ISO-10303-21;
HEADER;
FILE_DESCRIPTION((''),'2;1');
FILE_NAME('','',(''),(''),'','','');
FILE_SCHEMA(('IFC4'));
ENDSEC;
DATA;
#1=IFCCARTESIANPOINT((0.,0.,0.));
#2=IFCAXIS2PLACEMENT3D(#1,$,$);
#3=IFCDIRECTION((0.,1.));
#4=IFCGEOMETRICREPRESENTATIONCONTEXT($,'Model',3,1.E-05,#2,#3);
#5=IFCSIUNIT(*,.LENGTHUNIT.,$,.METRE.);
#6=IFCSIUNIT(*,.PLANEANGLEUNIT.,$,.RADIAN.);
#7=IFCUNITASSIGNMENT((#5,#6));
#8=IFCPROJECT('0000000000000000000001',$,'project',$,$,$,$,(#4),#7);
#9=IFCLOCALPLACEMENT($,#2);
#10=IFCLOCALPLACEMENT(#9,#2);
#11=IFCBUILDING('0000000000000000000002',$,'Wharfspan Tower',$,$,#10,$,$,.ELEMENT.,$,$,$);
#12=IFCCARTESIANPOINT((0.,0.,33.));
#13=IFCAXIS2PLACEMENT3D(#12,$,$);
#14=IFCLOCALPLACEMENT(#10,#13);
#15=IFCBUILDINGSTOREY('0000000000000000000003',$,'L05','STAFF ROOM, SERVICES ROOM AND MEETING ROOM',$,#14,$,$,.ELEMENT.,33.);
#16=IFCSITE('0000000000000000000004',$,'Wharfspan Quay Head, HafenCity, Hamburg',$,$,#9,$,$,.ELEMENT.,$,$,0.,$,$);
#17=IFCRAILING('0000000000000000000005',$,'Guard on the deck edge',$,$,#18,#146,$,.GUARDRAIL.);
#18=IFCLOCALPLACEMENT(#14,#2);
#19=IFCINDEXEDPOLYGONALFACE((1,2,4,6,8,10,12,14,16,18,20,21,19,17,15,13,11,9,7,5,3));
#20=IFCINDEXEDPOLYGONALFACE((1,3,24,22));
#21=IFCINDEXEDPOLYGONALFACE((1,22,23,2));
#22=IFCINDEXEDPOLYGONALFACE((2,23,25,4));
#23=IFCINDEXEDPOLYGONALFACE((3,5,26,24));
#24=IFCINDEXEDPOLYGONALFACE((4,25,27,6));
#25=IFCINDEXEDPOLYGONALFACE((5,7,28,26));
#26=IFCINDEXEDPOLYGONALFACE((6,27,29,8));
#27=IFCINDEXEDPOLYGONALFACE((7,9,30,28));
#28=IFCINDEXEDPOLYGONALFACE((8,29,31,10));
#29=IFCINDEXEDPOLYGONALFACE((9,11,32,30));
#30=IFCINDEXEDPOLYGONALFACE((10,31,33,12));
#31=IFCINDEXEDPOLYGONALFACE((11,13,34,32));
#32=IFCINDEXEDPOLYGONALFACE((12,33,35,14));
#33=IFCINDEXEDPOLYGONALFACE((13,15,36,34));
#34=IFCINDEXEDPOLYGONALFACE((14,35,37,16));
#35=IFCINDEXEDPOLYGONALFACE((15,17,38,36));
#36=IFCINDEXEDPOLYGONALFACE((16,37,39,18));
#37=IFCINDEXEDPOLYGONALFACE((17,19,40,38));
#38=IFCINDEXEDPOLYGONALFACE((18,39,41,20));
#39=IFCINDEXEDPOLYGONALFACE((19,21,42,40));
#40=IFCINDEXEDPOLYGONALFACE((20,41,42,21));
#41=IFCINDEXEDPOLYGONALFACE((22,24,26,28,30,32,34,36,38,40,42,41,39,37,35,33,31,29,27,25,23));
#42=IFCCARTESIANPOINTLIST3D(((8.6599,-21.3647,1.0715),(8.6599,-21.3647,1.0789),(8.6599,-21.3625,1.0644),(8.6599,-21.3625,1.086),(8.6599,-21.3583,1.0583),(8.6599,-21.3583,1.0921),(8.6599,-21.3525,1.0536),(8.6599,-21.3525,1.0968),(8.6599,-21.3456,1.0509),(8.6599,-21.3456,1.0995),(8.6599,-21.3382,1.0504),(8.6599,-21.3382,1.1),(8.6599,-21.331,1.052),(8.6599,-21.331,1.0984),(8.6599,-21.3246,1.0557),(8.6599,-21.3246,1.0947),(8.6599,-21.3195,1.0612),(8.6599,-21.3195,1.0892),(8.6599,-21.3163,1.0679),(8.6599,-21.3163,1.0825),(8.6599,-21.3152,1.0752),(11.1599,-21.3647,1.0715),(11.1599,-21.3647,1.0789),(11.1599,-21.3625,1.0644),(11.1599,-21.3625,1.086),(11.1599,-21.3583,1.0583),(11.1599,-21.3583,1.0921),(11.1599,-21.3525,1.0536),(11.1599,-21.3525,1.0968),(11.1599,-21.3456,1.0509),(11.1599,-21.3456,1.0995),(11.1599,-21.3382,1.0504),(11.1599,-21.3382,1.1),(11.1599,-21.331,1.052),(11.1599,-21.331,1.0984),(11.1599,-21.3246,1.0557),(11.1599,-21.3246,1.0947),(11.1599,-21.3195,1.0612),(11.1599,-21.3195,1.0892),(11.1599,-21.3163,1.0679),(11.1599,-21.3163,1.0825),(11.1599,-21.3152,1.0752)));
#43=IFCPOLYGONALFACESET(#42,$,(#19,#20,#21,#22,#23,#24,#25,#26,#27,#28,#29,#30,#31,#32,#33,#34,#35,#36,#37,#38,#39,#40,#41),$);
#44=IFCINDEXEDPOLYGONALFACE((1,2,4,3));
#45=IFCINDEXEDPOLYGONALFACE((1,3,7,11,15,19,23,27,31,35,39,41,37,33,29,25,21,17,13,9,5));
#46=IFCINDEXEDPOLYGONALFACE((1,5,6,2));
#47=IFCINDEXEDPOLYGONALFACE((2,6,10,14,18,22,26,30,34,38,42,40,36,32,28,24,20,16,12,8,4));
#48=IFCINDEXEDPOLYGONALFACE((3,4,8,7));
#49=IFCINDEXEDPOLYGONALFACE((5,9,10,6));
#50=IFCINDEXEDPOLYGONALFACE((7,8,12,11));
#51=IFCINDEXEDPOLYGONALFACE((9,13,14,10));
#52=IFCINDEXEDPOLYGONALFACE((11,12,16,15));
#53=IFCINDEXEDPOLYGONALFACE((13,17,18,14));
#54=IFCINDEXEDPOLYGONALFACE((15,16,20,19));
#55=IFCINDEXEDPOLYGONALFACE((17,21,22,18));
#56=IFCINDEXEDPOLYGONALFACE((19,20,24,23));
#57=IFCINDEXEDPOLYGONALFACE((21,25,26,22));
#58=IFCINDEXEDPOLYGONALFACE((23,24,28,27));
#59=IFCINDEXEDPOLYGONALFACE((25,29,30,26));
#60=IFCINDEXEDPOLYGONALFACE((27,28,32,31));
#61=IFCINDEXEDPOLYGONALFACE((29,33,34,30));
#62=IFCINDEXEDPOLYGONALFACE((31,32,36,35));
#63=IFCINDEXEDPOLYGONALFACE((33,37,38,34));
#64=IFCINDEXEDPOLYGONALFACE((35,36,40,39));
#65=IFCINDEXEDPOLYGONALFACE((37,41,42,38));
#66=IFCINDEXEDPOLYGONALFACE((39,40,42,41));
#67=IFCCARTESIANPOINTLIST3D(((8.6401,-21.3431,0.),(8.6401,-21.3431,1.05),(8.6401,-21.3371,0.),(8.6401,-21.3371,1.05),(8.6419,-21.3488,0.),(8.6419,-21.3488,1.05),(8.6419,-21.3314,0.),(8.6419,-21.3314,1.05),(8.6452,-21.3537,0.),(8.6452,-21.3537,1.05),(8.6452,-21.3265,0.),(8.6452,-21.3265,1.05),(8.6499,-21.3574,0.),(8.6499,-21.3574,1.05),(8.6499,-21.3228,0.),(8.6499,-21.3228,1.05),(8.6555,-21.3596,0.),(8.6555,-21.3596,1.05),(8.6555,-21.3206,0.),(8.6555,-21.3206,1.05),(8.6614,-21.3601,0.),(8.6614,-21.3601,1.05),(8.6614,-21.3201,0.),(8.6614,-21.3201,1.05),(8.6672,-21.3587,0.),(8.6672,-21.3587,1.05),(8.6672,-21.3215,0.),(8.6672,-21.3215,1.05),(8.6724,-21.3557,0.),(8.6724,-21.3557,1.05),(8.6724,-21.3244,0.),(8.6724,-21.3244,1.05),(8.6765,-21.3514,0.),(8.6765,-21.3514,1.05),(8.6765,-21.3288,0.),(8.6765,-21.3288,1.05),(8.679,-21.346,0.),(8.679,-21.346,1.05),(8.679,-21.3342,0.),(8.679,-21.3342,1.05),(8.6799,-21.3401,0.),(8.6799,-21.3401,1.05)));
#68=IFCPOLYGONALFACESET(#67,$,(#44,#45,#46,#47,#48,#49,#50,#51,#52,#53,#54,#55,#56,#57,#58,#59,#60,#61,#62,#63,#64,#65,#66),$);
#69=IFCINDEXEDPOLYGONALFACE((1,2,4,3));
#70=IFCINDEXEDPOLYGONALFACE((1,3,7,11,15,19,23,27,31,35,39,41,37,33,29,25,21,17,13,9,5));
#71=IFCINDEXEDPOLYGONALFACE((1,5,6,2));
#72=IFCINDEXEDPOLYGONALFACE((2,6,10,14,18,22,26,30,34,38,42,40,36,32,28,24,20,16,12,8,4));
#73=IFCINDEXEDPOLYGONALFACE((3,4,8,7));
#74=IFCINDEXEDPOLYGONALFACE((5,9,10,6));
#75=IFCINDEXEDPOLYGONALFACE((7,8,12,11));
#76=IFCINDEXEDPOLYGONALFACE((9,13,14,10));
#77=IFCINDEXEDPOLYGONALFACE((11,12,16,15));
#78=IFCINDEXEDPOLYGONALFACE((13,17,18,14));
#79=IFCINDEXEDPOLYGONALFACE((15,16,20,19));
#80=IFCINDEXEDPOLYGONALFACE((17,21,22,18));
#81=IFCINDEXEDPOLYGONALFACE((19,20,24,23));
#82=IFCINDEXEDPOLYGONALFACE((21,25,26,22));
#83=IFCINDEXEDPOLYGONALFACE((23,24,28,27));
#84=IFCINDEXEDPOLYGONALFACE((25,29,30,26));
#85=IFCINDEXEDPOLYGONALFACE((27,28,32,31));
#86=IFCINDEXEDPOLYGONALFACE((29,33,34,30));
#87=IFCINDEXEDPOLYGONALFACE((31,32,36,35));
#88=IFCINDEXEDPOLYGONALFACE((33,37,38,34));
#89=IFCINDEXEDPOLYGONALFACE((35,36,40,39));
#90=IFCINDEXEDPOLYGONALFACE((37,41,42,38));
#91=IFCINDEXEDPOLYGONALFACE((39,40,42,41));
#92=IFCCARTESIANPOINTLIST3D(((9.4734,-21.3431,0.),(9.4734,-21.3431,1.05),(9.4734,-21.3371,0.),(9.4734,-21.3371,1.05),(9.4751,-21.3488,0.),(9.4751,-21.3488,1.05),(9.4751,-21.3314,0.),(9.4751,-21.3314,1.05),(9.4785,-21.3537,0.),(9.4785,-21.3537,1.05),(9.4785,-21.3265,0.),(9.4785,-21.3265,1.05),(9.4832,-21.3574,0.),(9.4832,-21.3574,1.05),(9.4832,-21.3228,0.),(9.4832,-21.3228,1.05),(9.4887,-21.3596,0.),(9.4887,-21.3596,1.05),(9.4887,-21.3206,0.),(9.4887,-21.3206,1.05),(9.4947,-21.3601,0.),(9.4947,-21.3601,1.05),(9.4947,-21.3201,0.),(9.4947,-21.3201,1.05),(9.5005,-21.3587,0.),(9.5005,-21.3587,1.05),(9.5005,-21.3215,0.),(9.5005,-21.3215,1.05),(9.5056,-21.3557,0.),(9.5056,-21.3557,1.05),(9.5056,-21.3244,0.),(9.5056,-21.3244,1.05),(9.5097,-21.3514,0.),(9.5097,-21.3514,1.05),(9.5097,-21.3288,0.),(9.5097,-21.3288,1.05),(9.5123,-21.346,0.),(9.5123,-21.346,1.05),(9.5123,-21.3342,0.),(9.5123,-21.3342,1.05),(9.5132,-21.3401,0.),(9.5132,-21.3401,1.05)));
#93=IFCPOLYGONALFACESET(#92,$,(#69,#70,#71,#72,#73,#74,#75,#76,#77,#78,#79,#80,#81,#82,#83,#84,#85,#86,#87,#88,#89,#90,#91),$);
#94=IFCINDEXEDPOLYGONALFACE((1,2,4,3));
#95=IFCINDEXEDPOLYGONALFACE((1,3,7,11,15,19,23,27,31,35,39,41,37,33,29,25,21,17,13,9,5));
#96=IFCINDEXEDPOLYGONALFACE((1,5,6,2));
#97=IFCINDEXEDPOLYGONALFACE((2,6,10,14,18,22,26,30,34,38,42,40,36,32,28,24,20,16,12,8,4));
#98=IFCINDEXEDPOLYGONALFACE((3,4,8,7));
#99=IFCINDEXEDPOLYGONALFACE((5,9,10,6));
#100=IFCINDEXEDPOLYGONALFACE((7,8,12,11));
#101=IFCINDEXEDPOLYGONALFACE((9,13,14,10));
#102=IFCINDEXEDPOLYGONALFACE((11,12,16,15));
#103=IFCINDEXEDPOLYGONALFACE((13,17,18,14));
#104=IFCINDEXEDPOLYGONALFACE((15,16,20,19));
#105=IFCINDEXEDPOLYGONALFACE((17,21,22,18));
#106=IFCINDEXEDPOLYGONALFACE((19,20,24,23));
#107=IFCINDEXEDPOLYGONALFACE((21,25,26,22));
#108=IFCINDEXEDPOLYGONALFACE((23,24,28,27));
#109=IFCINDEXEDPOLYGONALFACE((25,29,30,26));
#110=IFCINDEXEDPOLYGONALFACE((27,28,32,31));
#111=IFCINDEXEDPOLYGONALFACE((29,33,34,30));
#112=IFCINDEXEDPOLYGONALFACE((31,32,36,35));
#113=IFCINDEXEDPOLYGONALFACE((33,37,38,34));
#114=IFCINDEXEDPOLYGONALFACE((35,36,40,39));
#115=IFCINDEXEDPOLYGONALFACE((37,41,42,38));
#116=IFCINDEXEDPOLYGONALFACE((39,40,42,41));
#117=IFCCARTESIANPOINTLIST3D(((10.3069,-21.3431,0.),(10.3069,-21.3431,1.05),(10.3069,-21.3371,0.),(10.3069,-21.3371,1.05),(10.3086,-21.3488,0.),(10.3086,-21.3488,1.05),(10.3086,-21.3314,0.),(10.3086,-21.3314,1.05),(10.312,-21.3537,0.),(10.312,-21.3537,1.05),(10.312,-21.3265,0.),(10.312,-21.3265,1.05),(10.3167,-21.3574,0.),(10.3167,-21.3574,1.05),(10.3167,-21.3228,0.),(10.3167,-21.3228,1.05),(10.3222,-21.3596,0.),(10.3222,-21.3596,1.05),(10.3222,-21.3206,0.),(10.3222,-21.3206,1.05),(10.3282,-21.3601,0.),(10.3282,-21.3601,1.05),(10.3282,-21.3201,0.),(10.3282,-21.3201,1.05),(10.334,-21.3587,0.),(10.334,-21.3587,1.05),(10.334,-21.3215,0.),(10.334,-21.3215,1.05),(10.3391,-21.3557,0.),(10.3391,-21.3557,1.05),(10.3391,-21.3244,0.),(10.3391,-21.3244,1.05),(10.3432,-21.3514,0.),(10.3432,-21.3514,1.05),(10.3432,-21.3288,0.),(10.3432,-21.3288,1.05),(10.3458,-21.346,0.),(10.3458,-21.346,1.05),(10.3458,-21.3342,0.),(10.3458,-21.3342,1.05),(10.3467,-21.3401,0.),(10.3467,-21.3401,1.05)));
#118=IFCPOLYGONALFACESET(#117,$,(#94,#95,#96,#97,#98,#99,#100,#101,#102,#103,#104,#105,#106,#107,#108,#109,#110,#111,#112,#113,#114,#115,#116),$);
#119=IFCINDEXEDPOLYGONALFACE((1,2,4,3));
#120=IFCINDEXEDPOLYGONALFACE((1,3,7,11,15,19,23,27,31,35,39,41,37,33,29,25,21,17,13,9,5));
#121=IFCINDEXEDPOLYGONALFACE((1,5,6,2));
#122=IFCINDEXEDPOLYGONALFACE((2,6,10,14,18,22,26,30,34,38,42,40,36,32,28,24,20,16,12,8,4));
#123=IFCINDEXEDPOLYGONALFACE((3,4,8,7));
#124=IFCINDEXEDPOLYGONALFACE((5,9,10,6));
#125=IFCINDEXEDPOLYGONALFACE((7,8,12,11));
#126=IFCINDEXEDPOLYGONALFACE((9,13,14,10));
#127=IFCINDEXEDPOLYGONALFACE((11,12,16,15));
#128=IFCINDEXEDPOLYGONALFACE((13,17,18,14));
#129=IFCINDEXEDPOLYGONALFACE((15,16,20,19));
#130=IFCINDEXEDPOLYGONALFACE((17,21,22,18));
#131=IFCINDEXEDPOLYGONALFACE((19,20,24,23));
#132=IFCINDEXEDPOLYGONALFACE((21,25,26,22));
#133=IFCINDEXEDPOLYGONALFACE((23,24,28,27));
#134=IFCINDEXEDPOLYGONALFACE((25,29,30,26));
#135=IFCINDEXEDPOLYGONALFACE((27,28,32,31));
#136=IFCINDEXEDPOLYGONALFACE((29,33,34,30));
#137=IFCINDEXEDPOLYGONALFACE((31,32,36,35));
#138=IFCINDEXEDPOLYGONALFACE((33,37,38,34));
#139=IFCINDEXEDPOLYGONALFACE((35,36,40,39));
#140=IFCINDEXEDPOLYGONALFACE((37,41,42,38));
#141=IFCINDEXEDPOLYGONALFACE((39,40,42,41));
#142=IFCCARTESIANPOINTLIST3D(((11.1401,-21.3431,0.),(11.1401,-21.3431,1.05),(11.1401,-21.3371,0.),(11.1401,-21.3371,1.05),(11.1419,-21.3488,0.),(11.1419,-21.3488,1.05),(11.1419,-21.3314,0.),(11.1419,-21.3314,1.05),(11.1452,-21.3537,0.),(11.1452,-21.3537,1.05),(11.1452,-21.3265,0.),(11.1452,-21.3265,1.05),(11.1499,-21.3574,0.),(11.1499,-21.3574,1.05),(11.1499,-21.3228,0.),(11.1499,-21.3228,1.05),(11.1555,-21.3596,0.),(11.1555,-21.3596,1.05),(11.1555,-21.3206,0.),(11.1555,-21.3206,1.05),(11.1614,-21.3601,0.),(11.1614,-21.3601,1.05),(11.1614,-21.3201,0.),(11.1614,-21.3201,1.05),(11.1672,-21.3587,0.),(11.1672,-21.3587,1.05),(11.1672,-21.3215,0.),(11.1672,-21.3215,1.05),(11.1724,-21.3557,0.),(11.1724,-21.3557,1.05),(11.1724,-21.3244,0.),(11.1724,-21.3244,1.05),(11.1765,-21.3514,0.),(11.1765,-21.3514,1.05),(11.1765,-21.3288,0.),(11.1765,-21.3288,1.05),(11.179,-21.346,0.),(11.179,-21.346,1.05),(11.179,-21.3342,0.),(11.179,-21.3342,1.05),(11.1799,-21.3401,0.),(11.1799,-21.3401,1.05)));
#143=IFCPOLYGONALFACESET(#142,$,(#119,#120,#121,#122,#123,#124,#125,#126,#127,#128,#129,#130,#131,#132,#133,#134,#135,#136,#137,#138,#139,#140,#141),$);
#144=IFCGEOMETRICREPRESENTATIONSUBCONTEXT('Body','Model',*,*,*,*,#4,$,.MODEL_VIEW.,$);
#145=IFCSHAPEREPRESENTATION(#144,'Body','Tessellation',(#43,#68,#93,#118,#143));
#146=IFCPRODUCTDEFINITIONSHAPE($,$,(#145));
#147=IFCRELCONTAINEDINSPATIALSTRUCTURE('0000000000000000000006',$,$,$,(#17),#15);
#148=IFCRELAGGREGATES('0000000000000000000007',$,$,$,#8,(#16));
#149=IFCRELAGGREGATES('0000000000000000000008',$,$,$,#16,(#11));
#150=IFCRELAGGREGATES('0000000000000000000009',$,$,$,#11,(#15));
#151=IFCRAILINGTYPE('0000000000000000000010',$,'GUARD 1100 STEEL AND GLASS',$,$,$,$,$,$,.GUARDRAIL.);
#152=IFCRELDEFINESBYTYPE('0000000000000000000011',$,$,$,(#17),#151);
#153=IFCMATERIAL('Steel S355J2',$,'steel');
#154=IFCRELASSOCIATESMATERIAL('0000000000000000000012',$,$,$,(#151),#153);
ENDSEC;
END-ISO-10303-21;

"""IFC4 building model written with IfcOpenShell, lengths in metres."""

from ifc_helpers import new_model, si_unit, direction, frame, origin, origin_2d, place, context, subcontext, project, spatial, circle, extrude, material, type_object, element, save


model = new_model("IFC4")

# Units and contexts
model_context = context("Model", 3, precision=1e-05, world=origin(), true_north=direction((0.0, 1.0)))
body_context = subcontext(model_context, "Body", "Model", "MODEL_VIEW")
ifc_project = project(units=[si_unit("LENGTHUNIT", "METRE"), si_unit("PLANEANGLEUNIT", "RADIAN")], contexts=[model_context])

# Site, building, storey
site_placement = place(None, origin())
site = spatial("IfcSite", under=ifc_project, at=site_placement, Name="Wharfspan Quay Head, HafenCity, Hamburg", CompositionType="ELEMENT", RefElevation=0.0)
building_placement = place(site_placement, origin())
building = spatial("IfcBuilding", under=site, at=building_placement, Name="Wharfspan Tower", CompositionType="ELEMENT")
storey_placement = place(building_placement, frame((0.0, 0.0, 33.0)))
storey = spatial("IfcBuildingStorey", under=building, at=storey_placement, Name="L05", Description="STAFF ROOM, SERVICES ROOM AND MEETING ROOM", CompositionType="ELEMENT", Elevation=33.0)

# Railing
ifc_material_1 = material(Name="Steel S355J2", Category="steel")
railing_type = type_object("IfcRailingType", Name="GUARD 1100 STEEL AND GLASS", PredefinedType="GUARDRAIL", material=ifc_material_1)
railing_1_placement = place(storey_placement, frame((8.6599, -21.3401, 0.0)))
element("IfcRailing", 1, at=railing_1_placement, inside=storey, type_object=railing_type, Name="Guard on the deck edge", PredefinedType="GUARDRAIL", context=body_context, shape_type="SweptSolid", body=[
    extrude(circle(Radius=0.0249, at=origin_2d()), frame((0.0, 0.0, 1.0752), z_axis=(1.0, 0.0, 0.0), x_axis=(0.0, 1.0, 0.0)), (0.0, 0.0, 1.0), 2.5),
    extrude(circle(Radius=0.02, at=origin_2d()), origin(), (0.0, 0.0, 1.0), 1.05),
    extrude(circle(Radius=0.02, at=origin_2d()), frame((0.8333, 0.0, 0.0)), (0.0, 0.0, 1.0), 1.05),
    extrude(circle(Radius=0.02, at=origin_2d()), frame((1.6667, 0.0, 0.0)), (0.0, 0.0, 1.0), 1.05),
    extrude(circle(Radius=0.02, at=origin_2d()), frame((2.5, 0.0, 0.0)), (0.0, 0.0, 1.0), 1.05),
])

save(model, "model.ifc")
